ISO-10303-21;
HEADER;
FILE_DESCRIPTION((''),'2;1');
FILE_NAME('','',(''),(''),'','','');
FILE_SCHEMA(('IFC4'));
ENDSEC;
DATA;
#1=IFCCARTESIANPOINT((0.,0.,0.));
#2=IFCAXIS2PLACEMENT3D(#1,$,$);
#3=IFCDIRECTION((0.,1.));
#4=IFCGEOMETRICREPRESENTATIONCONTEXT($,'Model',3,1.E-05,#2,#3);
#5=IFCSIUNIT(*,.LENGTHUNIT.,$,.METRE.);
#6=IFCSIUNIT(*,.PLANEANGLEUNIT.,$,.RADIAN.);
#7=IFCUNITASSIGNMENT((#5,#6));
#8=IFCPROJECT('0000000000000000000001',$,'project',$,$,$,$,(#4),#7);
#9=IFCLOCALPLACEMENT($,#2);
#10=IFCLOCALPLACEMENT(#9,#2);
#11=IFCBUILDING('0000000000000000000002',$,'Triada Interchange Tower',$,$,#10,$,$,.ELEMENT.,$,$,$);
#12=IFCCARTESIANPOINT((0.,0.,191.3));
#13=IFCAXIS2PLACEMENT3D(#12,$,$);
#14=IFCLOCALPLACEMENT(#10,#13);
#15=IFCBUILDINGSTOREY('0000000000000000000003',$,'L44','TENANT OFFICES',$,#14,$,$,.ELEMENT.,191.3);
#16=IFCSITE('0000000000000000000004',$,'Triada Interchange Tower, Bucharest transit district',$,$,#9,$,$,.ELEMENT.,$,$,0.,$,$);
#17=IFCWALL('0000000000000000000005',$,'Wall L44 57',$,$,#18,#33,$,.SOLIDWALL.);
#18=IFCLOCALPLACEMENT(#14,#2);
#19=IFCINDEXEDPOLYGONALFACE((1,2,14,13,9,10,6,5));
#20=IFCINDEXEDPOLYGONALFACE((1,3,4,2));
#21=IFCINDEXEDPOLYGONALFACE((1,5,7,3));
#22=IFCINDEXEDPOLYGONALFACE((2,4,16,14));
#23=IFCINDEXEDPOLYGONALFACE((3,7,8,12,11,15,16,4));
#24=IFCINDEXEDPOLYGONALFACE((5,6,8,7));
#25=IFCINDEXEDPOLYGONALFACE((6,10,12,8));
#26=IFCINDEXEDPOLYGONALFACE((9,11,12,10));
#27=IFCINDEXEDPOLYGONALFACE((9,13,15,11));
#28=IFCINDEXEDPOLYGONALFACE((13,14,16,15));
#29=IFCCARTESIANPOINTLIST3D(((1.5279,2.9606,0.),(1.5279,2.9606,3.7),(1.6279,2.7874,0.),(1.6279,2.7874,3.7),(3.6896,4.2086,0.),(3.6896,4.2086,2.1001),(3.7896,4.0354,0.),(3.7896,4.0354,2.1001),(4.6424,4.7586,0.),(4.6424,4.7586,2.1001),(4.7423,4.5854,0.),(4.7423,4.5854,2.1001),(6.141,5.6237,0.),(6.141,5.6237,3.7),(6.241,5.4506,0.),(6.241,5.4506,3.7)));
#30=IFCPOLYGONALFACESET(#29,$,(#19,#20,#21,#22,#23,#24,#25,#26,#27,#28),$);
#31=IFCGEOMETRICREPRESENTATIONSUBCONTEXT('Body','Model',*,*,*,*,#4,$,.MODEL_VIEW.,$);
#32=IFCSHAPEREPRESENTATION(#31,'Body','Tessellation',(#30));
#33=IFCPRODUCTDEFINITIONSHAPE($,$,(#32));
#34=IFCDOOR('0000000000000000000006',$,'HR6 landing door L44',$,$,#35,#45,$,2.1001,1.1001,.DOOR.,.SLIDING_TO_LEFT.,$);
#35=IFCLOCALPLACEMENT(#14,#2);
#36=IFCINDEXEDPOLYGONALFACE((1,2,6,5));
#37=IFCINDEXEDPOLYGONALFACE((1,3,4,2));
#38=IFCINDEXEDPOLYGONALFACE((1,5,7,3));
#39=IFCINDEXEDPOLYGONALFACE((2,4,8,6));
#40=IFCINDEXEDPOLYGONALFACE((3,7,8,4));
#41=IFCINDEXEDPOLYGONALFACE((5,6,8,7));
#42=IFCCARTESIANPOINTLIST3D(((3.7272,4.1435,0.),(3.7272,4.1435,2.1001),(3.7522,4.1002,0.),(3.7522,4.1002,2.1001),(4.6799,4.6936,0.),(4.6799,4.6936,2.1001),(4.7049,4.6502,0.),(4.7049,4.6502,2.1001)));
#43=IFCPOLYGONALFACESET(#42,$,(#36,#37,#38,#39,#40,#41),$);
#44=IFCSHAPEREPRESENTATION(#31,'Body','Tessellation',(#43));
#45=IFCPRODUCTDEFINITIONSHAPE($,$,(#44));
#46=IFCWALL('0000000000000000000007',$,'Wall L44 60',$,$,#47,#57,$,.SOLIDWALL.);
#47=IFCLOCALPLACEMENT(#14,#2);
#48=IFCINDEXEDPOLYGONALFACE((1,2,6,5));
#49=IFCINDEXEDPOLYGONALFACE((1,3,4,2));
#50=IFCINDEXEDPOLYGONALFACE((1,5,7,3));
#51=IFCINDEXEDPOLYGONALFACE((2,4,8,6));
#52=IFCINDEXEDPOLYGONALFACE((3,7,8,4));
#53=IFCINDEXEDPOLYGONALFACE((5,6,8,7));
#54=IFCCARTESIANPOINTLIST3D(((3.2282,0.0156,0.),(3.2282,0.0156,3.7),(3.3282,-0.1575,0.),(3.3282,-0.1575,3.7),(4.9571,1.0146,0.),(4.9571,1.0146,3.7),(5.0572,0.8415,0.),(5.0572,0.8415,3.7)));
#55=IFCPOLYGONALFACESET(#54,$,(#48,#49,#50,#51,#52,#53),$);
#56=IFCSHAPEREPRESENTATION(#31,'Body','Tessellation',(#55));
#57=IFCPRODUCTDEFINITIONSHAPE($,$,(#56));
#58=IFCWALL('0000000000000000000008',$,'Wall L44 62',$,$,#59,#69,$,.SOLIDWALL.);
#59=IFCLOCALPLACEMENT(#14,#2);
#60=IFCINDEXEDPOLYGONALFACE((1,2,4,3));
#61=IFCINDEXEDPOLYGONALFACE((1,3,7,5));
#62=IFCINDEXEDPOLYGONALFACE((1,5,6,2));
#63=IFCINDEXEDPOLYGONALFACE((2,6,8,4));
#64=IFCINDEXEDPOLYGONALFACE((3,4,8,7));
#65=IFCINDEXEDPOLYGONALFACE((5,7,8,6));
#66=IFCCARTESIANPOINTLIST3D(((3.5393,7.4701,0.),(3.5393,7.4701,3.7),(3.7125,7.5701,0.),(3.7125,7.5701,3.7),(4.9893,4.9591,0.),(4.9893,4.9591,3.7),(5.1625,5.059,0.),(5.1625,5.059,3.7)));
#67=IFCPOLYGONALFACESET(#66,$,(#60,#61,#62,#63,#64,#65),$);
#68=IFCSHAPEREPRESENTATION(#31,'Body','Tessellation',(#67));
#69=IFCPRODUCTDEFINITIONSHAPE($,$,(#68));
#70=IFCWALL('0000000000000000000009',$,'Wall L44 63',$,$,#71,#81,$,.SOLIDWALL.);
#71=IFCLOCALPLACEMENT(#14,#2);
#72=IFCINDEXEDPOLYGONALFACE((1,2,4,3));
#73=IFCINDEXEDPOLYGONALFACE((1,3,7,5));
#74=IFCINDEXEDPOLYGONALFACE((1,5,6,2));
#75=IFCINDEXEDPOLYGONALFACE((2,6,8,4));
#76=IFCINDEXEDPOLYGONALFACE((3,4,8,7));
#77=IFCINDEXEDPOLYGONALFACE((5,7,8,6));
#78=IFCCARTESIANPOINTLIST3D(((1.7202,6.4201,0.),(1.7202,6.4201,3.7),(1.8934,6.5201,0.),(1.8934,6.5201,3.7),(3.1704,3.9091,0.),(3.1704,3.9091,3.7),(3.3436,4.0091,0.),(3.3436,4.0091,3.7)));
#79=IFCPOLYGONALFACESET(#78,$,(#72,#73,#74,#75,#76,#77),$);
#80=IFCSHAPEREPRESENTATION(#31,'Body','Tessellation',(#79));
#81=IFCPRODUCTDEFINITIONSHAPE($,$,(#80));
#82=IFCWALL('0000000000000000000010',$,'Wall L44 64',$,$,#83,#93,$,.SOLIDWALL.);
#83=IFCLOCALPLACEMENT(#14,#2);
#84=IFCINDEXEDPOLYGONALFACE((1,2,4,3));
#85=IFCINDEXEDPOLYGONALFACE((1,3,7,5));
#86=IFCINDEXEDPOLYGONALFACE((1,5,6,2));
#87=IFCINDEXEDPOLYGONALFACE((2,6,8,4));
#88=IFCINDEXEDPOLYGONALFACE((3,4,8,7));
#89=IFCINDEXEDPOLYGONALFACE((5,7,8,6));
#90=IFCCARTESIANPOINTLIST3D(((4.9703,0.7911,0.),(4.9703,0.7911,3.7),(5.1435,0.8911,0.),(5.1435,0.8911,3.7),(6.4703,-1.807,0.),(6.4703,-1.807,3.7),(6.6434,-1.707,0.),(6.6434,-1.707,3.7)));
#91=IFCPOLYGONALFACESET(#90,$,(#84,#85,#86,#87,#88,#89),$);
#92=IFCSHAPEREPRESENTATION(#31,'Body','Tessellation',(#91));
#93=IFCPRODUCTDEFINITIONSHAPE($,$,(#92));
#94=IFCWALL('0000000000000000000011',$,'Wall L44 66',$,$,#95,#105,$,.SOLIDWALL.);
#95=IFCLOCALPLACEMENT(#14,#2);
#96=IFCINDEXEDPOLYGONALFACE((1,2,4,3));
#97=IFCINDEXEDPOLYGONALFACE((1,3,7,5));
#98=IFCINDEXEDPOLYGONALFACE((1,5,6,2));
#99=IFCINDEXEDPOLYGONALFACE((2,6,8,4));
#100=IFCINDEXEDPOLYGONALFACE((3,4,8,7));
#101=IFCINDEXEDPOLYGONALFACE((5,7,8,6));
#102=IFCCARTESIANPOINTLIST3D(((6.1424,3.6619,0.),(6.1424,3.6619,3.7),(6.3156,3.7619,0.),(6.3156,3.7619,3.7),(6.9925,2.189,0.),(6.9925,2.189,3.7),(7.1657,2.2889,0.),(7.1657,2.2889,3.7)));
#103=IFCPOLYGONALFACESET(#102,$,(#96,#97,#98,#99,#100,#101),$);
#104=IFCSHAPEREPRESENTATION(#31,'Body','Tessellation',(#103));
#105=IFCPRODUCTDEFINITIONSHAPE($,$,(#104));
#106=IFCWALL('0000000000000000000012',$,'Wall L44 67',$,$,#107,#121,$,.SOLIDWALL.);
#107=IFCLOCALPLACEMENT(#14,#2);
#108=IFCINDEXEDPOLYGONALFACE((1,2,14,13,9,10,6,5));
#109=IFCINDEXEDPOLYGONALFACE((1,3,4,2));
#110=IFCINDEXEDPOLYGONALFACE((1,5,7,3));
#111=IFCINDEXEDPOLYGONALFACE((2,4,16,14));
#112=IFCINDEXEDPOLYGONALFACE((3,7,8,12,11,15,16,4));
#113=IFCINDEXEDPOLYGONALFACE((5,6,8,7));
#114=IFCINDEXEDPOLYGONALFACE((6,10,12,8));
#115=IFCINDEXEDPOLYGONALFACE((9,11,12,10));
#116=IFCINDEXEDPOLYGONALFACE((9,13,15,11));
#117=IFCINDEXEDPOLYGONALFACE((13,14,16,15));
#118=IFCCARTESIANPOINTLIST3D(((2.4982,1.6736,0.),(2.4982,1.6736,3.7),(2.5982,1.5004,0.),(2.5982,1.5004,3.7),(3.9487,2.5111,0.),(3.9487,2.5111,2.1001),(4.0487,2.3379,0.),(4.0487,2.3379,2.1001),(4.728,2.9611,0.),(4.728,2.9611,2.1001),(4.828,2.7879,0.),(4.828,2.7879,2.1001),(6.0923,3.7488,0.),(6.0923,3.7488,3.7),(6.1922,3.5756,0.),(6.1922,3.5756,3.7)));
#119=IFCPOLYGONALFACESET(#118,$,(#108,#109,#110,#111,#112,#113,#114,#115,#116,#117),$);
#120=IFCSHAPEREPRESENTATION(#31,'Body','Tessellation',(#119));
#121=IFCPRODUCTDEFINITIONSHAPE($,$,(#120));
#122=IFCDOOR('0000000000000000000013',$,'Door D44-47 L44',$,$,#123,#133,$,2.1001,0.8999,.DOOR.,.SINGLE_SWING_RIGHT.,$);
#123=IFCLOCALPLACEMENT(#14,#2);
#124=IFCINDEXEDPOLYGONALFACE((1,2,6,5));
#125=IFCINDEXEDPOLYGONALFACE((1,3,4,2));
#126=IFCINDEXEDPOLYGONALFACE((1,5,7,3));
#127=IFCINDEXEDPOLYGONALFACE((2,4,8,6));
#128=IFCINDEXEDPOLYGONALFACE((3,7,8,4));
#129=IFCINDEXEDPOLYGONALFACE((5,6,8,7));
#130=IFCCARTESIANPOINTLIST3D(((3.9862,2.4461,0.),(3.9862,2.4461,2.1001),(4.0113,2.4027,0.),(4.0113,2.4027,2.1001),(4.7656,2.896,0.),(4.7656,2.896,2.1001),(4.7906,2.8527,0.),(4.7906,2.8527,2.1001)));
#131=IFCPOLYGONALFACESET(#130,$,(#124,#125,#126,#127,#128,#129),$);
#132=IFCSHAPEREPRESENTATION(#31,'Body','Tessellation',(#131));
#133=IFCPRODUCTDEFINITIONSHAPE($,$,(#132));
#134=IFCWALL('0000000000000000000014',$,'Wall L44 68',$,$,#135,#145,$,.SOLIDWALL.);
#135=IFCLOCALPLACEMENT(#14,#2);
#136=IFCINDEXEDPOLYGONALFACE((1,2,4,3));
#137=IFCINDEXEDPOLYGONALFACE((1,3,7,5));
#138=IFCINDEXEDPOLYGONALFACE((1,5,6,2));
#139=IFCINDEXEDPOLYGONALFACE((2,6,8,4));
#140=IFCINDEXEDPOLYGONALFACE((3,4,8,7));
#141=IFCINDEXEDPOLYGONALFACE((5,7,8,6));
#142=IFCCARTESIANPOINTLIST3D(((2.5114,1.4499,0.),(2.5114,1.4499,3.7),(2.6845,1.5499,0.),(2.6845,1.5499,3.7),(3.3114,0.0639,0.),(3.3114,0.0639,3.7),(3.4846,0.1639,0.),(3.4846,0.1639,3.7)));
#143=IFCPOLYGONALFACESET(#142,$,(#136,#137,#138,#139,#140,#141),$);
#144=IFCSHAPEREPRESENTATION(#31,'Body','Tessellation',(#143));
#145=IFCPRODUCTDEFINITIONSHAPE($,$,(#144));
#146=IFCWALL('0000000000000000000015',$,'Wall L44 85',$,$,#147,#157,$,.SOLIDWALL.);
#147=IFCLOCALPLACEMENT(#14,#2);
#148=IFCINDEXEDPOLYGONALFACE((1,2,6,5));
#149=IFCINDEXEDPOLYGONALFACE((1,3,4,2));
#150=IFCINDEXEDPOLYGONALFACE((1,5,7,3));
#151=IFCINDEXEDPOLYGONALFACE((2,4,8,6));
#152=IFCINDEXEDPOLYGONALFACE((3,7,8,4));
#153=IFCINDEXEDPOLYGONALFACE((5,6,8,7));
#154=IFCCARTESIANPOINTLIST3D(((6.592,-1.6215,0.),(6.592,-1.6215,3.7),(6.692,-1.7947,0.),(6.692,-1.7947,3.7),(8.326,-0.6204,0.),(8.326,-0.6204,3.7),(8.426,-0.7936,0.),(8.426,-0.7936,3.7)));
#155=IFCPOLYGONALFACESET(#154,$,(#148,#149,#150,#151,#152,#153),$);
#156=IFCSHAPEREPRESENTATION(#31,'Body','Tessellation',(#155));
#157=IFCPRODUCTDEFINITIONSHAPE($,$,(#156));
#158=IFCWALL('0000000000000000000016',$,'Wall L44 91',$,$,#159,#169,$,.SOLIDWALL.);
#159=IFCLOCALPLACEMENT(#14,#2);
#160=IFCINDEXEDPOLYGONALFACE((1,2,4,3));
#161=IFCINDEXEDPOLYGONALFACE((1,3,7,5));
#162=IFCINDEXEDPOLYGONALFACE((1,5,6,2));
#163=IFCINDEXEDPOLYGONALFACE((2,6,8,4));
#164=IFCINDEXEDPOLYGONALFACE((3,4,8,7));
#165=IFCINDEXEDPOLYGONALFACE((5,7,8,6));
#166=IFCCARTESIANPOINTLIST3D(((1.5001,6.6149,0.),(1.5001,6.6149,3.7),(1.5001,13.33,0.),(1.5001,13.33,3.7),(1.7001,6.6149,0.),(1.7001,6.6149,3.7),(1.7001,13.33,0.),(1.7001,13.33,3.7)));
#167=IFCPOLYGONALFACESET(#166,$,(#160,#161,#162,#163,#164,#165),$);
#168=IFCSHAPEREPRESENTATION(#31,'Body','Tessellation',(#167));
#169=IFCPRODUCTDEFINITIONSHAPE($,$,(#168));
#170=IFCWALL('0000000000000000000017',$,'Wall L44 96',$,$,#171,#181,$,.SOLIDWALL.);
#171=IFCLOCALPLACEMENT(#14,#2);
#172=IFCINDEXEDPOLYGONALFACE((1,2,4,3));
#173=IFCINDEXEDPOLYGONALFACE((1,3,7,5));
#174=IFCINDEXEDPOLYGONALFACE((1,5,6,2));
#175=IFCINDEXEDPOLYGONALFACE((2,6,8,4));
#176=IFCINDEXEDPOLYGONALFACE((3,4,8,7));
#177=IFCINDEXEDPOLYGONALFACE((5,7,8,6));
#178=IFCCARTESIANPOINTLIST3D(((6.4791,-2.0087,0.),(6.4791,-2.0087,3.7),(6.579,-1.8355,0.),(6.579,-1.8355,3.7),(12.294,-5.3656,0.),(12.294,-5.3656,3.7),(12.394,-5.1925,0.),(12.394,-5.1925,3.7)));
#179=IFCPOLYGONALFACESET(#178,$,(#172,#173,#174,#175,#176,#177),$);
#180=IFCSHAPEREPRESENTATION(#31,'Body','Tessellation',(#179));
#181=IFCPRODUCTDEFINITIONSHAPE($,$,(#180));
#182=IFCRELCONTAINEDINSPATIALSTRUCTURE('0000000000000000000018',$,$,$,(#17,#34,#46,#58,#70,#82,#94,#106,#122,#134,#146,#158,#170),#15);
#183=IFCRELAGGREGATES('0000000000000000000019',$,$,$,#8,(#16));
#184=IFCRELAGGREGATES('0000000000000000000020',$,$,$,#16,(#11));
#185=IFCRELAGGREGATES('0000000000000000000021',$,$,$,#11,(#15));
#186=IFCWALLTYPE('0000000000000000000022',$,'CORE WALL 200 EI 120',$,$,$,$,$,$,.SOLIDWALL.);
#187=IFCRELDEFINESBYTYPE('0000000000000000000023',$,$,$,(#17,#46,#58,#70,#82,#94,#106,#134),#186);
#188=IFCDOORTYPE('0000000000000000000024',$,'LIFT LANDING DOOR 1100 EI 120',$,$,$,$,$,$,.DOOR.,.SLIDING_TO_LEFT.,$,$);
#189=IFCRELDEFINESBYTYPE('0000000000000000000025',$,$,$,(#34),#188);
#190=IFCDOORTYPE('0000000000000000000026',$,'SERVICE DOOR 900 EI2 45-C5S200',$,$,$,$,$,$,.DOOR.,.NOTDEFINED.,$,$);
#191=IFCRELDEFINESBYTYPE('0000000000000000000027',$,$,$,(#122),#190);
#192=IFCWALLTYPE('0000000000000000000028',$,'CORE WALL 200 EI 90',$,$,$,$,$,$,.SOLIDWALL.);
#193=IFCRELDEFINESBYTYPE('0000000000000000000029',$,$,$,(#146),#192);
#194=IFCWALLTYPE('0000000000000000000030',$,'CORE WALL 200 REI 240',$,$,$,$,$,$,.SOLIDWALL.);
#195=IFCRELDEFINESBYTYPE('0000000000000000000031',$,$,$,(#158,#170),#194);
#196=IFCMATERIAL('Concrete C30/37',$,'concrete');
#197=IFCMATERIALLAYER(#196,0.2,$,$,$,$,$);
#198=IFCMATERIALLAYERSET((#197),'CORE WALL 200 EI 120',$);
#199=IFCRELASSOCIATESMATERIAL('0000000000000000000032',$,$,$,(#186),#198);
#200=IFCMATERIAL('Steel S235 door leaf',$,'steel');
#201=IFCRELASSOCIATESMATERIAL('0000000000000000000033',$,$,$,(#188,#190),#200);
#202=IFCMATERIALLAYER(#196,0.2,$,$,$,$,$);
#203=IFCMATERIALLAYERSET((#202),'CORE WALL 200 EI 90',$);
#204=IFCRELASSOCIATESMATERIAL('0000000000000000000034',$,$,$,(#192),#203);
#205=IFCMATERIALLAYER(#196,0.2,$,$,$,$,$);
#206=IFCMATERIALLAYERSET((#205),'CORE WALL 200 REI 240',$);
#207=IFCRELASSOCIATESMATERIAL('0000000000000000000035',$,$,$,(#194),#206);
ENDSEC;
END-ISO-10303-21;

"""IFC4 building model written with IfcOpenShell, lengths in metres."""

from ifc_helpers import new_model, si_unit, direction, frame, frame_2d, origin, place, context, subcontext, project, spatial, rectangle, extrude, material, layer, layer_set, type_object, element, fill, save


model = new_model("IFC4")

# Units and contexts
model_context = context("Model", 3, precision=1e-05, world=origin(), true_north=direction((0.0, 1.0)))
body_context = subcontext(model_context, "Body", "Model", "MODEL_VIEW")
ifc_project = project(units=[si_unit("LENGTHUNIT", "METRE"), si_unit("PLANEANGLEUNIT", "RADIAN")], contexts=[model_context])

# Site, building, storey
site_placement = place(None, origin())
site = spatial("IfcSite", under=ifc_project, at=site_placement, Name="Triada Interchange Tower, Bucharest transit district", CompositionType="ELEMENT", RefElevation=0.0)
building_placement = place(site_placement, origin())
building = spatial("IfcBuilding", under=site, at=building_placement, Name="Triada Interchange Tower", CompositionType="ELEMENT")
storey_placement = place(building_placement, frame((0.0, 0.0, 191.3)))
storey = spatial("IfcBuildingStorey", under=building, at=storey_placement, Name="L44", Description="TENANT OFFICES", CompositionType="ELEMENT", Elevation=191.3)

# Shared definitions
ifc_material_1 = material(Name="Concrete C30/37", Category="concrete")
ifc_layer_1 = layer(ifc_material_1, 0.2)
ifc_layer_set_1 = layer_set([ifc_layer_1], Name="CORE WALL 200 EI 120")
wall_type_1 = type_object("IfcWallType", Name="CORE WALL 200 EI 120", PredefinedType="SOLIDWALL", material=ifc_layer_set_1)
ifc_material_2 = material(Name="Steel S235 door leaf", Category="steel")
door_type_1 = type_object("IfcDoorType", Name="LIFT LANDING DOOR 1100 EI 120", OperationType="SLIDING_TO_LEFT", PredefinedType="DOOR", material=ifc_material_2)

# Wall, opening, door
wall_1_placement = place(storey_placement, frame((1.5779, 2.874, 0.0), z_axis=(0.0, 0.0, 1.0), x_axis=(0.866046, 0.499964, 0.0)))
wall_1 = element("IfcWall", 1, at=wall_1_placement, inside=storey, type_object=wall_type_1, Name="Wall L44 57", PredefinedType="SOLIDWALL", context=body_context, shape_type="SweptSolid", body=[
    extrude(rectangle(XDim=5.3267, YDim=0.2, at=frame_2d((2.6633, 0.0))), origin(), (0.0, 0.0, 1.0), 3.7),
])
opening_1_placement = place(wall_1_placement, frame((2.4961, 0.0, 0.0)))
opening_1 = element("IfcOpeningElement", 2, at=opening_1_placement, cuts=wall_1, PredefinedType="OPENING", context=body_context, shape_type="SweptSolid", body=[
    extrude(rectangle(XDim=1.1001, YDim=2.1001, at=frame_2d((0.55, 1.05))), frame((0.0, 0.1099, 0.0), z_axis=(0.0, -1.0, 0.0), x_axis=(1.0, 0.0, 0.0)), (0.0, 0.0, 1.0), 0.22),
])
door_1_placement = place(opening_1_placement, origin())
door_1 = element("IfcDoor", 3, at=door_1_placement, inside=storey, type_object=door_type_1, Name="HR6 landing door L44", OperationType="SLIDING_TO_LEFT", OverallHeight=2.1001, OverallWidth=1.1001, PredefinedType="DOOR", context=body_context, shape_type="SweptSolid", body=[
    extrude(rectangle(XDim=1.1001, YDim=2.1001, at=frame_2d((0.55, 1.05))), frame((0.0, 0.0249, 0.0), z_axis=(0.0, -1.0, 0.0), x_axis=(1.0, 0.0, 0.0)), (0.0, 0.0, 1.0), 0.05),
])
fill(opening_1, door_1)

# Walls
wall_2_placement = place(storey_placement, frame((3.2781, -0.071, 0.0), z_axis=(0.0, 0.0, 1.0), x_axis=(0.865856, 0.500294, 0.0)))
element("IfcWall", 4, at=wall_2_placement, inside=storey, type_object=wall_type_1, Name="Wall L44 60", PredefinedType="SOLIDWALL", context=body_context, shape_type="SweptSolid", body=[
    extrude(rectangle(XDim=1.9968, YDim=0.2, at=frame_2d((0.9985, 0.0))), origin(), (0.0, 0.0, 1.0), 3.7),
])
for number, where, z_axis, x_axis, name in (
    (5, (3.626, 7.52, 0.0), (0.0, 0.0, 1.0), (0.50006, -0.865991, 0.0), "Wall L44 62"),
    (6, (1.8069, 6.47, 0.0), (0.0, 0.0, 1.0), (0.500123, -0.865954, 0.0), "Wall L44 63"),
):
    element("IfcWall", number, at=place(storey_placement, frame(where, z_axis=z_axis, x_axis=x_axis)), inside=storey, type_object=wall_type_1, Name=name, PredefinedType="SOLIDWALL", context=body_context, shape_type="SweptSolid", body=[
        extrude(rectangle(XDim=2.8997, YDim=0.2, at=frame_2d((1.4497, 0.0))), origin(), (0.0, 0.0, 1.0), 3.7),
    ])
wall_3_placement = place(storey_placement, frame((5.0569, 0.8411, 0.0), z_axis=(0.0, 0.0, 1.0), x_axis=(0.49999, -0.866031, 0.0)))
element("IfcWall", 7, at=wall_3_placement, inside=storey, type_object=wall_type_1, Name="Wall L44 64", PredefinedType="SOLIDWALL", context=body_context, shape_type="SweptSolid", body=[
    extrude(rectangle(XDim=3.0, YDim=0.2, at=frame_2d((1.5, 0.0))), origin(), (0.0, 0.0, 1.0), 3.7),
])
wall_4_placement = place(storey_placement, frame((6.229, 3.7119, 0.0), z_axis=(0.0, 0.0, 1.0), x_axis=(0.499876, -0.866097, 0.0)))
element("IfcWall", 8, at=wall_4_placement, inside=storey, type_object=wall_type_1, Name="Wall L44 66", PredefinedType="SOLIDWALL", context=body_context, shape_type="SweptSolid", body=[
    extrude(rectangle(XDim=1.7007, YDim=0.2, at=frame_2d((0.8503, 0.0))), origin(), (0.0, 0.0, 1.0), 3.7),
])

# Wall, opening, door
wall_5_placement = place(storey_placement, frame((2.5481, 1.5869, 0.0), z_axis=(0.0, 0.0, 1.0), x_axis=(0.866004, 0.500036, 0.0)))
wall_5 = element("IfcWall", 9, at=wall_5_placement, inside=storey, type_object=wall_type_1, Name="Wall L44 67", PredefinedType="SOLIDWALL", context=body_context, shape_type="SweptSolid", body=[
    extrude(rectangle(XDim=4.1501, YDim=0.2, at=frame_2d((2.0752, 0.0))), origin(), (0.0, 0.0, 1.0), 3.7),
])
opening_2_placement = place(wall_5_placement, frame((1.675, 0.0, 0.0)))
opening_2 = element("IfcOpeningElement", 10, at=opening_2_placement, cuts=wall_5, PredefinedType="OPENING", context=body_context, shape_type="SweptSolid", body=[
    extrude(rectangle(XDim=0.8999, YDim=2.1001, at=frame_2d((0.45, 1.05))), frame((0.0, 0.1099, 0.0), z_axis=(0.0, -1.0, 0.0), x_axis=(1.0, 0.0, 0.0)), (0.0, 0.0, 1.0), 0.22),
])
door_type_2 = type_object("IfcDoorType", Name="SERVICE DOOR 900 EI2 45-C5S200", OperationType="NOTDEFINED", PredefinedType="DOOR", material=ifc_material_2)
door_2_placement = place(opening_2_placement, origin())
door_2 = element("IfcDoor", 11, at=door_2_placement, inside=storey, type_object=door_type_2, Name="Door D44-47 L44", OperationType="SINGLE_SWING_RIGHT", OverallHeight=2.1001, OverallWidth=0.8999, PredefinedType="DOOR", context=body_context, shape_type="SweptSolid", body=[
    extrude(rectangle(XDim=0.8999, YDim=2.1001, at=frame_2d((0.45, 1.05))), frame((0.0, 0.0249, 0.0), z_axis=(0.0, -1.0, 0.0), x_axis=(1.0, 0.0, 0.0)), (0.0, 0.0, 1.0), 0.05),
])
fill(opening_2, door_2)

# Walls
wall_6_placement = place(storey_placement, frame((2.5979, 1.5, 0.0), z_axis=(0.0, 0.0, 1.0), x_axis=(0.499929, -0.866066, 0.0)))
element("IfcWall", 12, at=wall_6_placement, inside=storey, type_object=wall_type_1, Name="Wall L44 68", PredefinedType="SOLIDWALL", context=body_context, shape_type="SweptSolid", body=[
    extrude(rectangle(XDim=1.6003, YDim=0.2, at=frame_2d((0.8003, 0.0))), origin(), (0.0, 0.0, 1.0), 3.7),
])
ifc_layer_2 = layer(ifc_material_1, 0.2)
ifc_layer_set_2 = layer_set([ifc_layer_2], Name="CORE WALL 200 EI 90")
wall_type_2 = type_object("IfcWallType", Name="CORE WALL 200 EI 90", PredefinedType="SOLIDWALL", material=ifc_layer_set_2)
wall_7_placement = place(storey_placement, frame((6.6421, -1.708, 0.0), z_axis=(0.0, 0.0, 1.0), x_axis=(0.866043, 0.499969, 0.0)))
element("IfcWall", 13, at=wall_7_placement, inside=storey, type_object=wall_type_2, Name="Wall L44 85", PredefinedType="SOLIDWALL", context=body_context, shape_type="SweptSolid", body=[
    extrude(rectangle(XDim=2.0022, YDim=0.2, at=frame_2d((1.001, 0.0))), origin(), (0.0, 0.0, 1.0), 3.7),
])
ifc_layer_3 = layer(ifc_material_1, 0.2)
ifc_layer_set_3 = layer_set([ifc_layer_3], Name="CORE WALL 200 REI 240")
wall_type_3 = type_object("IfcWallType", Name="CORE WALL 200 REI 240", PredefinedType="SOLIDWALL", material=ifc_layer_set_3)
wall_8_placement = place(storey_placement, frame((1.6001, 6.615, 0.0), z_axis=(0.0, 0.0, 1.0), x_axis=(0.0, 1.0, 0.0)))
element("IfcWall", 14, at=wall_8_placement, inside=storey, type_object=wall_type_3, Name="Wall L44 91", PredefinedType="SOLIDWALL", context=body_context, shape_type="SweptSolid", body=[
    extrude(rectangle(XDim=6.7151, YDim=0.2, at=frame_2d((3.3574, 0.0))), origin(), (0.0, 0.0, 1.0), 3.7),
])
wall_9_placement = place(storey_placement, frame((6.5291, -1.9221, 0.0), z_axis=(0.0, 0.0, 1.0), x_axis=(0.866046, -0.499964, 0.0)))
element("IfcWall", 15, at=wall_9_placement, inside=storey, type_object=wall_type_3, Name="Wall L44 96", PredefinedType="SOLIDWALL", context=body_context, shape_type="SweptSolid", body=[
    extrude(rectangle(XDim=6.7144, YDim=0.2, at=frame_2d((3.3572, 0.0))), origin(), (0.0, 0.0, 1.0), 3.7),
])

save(model, "model.ifc")
